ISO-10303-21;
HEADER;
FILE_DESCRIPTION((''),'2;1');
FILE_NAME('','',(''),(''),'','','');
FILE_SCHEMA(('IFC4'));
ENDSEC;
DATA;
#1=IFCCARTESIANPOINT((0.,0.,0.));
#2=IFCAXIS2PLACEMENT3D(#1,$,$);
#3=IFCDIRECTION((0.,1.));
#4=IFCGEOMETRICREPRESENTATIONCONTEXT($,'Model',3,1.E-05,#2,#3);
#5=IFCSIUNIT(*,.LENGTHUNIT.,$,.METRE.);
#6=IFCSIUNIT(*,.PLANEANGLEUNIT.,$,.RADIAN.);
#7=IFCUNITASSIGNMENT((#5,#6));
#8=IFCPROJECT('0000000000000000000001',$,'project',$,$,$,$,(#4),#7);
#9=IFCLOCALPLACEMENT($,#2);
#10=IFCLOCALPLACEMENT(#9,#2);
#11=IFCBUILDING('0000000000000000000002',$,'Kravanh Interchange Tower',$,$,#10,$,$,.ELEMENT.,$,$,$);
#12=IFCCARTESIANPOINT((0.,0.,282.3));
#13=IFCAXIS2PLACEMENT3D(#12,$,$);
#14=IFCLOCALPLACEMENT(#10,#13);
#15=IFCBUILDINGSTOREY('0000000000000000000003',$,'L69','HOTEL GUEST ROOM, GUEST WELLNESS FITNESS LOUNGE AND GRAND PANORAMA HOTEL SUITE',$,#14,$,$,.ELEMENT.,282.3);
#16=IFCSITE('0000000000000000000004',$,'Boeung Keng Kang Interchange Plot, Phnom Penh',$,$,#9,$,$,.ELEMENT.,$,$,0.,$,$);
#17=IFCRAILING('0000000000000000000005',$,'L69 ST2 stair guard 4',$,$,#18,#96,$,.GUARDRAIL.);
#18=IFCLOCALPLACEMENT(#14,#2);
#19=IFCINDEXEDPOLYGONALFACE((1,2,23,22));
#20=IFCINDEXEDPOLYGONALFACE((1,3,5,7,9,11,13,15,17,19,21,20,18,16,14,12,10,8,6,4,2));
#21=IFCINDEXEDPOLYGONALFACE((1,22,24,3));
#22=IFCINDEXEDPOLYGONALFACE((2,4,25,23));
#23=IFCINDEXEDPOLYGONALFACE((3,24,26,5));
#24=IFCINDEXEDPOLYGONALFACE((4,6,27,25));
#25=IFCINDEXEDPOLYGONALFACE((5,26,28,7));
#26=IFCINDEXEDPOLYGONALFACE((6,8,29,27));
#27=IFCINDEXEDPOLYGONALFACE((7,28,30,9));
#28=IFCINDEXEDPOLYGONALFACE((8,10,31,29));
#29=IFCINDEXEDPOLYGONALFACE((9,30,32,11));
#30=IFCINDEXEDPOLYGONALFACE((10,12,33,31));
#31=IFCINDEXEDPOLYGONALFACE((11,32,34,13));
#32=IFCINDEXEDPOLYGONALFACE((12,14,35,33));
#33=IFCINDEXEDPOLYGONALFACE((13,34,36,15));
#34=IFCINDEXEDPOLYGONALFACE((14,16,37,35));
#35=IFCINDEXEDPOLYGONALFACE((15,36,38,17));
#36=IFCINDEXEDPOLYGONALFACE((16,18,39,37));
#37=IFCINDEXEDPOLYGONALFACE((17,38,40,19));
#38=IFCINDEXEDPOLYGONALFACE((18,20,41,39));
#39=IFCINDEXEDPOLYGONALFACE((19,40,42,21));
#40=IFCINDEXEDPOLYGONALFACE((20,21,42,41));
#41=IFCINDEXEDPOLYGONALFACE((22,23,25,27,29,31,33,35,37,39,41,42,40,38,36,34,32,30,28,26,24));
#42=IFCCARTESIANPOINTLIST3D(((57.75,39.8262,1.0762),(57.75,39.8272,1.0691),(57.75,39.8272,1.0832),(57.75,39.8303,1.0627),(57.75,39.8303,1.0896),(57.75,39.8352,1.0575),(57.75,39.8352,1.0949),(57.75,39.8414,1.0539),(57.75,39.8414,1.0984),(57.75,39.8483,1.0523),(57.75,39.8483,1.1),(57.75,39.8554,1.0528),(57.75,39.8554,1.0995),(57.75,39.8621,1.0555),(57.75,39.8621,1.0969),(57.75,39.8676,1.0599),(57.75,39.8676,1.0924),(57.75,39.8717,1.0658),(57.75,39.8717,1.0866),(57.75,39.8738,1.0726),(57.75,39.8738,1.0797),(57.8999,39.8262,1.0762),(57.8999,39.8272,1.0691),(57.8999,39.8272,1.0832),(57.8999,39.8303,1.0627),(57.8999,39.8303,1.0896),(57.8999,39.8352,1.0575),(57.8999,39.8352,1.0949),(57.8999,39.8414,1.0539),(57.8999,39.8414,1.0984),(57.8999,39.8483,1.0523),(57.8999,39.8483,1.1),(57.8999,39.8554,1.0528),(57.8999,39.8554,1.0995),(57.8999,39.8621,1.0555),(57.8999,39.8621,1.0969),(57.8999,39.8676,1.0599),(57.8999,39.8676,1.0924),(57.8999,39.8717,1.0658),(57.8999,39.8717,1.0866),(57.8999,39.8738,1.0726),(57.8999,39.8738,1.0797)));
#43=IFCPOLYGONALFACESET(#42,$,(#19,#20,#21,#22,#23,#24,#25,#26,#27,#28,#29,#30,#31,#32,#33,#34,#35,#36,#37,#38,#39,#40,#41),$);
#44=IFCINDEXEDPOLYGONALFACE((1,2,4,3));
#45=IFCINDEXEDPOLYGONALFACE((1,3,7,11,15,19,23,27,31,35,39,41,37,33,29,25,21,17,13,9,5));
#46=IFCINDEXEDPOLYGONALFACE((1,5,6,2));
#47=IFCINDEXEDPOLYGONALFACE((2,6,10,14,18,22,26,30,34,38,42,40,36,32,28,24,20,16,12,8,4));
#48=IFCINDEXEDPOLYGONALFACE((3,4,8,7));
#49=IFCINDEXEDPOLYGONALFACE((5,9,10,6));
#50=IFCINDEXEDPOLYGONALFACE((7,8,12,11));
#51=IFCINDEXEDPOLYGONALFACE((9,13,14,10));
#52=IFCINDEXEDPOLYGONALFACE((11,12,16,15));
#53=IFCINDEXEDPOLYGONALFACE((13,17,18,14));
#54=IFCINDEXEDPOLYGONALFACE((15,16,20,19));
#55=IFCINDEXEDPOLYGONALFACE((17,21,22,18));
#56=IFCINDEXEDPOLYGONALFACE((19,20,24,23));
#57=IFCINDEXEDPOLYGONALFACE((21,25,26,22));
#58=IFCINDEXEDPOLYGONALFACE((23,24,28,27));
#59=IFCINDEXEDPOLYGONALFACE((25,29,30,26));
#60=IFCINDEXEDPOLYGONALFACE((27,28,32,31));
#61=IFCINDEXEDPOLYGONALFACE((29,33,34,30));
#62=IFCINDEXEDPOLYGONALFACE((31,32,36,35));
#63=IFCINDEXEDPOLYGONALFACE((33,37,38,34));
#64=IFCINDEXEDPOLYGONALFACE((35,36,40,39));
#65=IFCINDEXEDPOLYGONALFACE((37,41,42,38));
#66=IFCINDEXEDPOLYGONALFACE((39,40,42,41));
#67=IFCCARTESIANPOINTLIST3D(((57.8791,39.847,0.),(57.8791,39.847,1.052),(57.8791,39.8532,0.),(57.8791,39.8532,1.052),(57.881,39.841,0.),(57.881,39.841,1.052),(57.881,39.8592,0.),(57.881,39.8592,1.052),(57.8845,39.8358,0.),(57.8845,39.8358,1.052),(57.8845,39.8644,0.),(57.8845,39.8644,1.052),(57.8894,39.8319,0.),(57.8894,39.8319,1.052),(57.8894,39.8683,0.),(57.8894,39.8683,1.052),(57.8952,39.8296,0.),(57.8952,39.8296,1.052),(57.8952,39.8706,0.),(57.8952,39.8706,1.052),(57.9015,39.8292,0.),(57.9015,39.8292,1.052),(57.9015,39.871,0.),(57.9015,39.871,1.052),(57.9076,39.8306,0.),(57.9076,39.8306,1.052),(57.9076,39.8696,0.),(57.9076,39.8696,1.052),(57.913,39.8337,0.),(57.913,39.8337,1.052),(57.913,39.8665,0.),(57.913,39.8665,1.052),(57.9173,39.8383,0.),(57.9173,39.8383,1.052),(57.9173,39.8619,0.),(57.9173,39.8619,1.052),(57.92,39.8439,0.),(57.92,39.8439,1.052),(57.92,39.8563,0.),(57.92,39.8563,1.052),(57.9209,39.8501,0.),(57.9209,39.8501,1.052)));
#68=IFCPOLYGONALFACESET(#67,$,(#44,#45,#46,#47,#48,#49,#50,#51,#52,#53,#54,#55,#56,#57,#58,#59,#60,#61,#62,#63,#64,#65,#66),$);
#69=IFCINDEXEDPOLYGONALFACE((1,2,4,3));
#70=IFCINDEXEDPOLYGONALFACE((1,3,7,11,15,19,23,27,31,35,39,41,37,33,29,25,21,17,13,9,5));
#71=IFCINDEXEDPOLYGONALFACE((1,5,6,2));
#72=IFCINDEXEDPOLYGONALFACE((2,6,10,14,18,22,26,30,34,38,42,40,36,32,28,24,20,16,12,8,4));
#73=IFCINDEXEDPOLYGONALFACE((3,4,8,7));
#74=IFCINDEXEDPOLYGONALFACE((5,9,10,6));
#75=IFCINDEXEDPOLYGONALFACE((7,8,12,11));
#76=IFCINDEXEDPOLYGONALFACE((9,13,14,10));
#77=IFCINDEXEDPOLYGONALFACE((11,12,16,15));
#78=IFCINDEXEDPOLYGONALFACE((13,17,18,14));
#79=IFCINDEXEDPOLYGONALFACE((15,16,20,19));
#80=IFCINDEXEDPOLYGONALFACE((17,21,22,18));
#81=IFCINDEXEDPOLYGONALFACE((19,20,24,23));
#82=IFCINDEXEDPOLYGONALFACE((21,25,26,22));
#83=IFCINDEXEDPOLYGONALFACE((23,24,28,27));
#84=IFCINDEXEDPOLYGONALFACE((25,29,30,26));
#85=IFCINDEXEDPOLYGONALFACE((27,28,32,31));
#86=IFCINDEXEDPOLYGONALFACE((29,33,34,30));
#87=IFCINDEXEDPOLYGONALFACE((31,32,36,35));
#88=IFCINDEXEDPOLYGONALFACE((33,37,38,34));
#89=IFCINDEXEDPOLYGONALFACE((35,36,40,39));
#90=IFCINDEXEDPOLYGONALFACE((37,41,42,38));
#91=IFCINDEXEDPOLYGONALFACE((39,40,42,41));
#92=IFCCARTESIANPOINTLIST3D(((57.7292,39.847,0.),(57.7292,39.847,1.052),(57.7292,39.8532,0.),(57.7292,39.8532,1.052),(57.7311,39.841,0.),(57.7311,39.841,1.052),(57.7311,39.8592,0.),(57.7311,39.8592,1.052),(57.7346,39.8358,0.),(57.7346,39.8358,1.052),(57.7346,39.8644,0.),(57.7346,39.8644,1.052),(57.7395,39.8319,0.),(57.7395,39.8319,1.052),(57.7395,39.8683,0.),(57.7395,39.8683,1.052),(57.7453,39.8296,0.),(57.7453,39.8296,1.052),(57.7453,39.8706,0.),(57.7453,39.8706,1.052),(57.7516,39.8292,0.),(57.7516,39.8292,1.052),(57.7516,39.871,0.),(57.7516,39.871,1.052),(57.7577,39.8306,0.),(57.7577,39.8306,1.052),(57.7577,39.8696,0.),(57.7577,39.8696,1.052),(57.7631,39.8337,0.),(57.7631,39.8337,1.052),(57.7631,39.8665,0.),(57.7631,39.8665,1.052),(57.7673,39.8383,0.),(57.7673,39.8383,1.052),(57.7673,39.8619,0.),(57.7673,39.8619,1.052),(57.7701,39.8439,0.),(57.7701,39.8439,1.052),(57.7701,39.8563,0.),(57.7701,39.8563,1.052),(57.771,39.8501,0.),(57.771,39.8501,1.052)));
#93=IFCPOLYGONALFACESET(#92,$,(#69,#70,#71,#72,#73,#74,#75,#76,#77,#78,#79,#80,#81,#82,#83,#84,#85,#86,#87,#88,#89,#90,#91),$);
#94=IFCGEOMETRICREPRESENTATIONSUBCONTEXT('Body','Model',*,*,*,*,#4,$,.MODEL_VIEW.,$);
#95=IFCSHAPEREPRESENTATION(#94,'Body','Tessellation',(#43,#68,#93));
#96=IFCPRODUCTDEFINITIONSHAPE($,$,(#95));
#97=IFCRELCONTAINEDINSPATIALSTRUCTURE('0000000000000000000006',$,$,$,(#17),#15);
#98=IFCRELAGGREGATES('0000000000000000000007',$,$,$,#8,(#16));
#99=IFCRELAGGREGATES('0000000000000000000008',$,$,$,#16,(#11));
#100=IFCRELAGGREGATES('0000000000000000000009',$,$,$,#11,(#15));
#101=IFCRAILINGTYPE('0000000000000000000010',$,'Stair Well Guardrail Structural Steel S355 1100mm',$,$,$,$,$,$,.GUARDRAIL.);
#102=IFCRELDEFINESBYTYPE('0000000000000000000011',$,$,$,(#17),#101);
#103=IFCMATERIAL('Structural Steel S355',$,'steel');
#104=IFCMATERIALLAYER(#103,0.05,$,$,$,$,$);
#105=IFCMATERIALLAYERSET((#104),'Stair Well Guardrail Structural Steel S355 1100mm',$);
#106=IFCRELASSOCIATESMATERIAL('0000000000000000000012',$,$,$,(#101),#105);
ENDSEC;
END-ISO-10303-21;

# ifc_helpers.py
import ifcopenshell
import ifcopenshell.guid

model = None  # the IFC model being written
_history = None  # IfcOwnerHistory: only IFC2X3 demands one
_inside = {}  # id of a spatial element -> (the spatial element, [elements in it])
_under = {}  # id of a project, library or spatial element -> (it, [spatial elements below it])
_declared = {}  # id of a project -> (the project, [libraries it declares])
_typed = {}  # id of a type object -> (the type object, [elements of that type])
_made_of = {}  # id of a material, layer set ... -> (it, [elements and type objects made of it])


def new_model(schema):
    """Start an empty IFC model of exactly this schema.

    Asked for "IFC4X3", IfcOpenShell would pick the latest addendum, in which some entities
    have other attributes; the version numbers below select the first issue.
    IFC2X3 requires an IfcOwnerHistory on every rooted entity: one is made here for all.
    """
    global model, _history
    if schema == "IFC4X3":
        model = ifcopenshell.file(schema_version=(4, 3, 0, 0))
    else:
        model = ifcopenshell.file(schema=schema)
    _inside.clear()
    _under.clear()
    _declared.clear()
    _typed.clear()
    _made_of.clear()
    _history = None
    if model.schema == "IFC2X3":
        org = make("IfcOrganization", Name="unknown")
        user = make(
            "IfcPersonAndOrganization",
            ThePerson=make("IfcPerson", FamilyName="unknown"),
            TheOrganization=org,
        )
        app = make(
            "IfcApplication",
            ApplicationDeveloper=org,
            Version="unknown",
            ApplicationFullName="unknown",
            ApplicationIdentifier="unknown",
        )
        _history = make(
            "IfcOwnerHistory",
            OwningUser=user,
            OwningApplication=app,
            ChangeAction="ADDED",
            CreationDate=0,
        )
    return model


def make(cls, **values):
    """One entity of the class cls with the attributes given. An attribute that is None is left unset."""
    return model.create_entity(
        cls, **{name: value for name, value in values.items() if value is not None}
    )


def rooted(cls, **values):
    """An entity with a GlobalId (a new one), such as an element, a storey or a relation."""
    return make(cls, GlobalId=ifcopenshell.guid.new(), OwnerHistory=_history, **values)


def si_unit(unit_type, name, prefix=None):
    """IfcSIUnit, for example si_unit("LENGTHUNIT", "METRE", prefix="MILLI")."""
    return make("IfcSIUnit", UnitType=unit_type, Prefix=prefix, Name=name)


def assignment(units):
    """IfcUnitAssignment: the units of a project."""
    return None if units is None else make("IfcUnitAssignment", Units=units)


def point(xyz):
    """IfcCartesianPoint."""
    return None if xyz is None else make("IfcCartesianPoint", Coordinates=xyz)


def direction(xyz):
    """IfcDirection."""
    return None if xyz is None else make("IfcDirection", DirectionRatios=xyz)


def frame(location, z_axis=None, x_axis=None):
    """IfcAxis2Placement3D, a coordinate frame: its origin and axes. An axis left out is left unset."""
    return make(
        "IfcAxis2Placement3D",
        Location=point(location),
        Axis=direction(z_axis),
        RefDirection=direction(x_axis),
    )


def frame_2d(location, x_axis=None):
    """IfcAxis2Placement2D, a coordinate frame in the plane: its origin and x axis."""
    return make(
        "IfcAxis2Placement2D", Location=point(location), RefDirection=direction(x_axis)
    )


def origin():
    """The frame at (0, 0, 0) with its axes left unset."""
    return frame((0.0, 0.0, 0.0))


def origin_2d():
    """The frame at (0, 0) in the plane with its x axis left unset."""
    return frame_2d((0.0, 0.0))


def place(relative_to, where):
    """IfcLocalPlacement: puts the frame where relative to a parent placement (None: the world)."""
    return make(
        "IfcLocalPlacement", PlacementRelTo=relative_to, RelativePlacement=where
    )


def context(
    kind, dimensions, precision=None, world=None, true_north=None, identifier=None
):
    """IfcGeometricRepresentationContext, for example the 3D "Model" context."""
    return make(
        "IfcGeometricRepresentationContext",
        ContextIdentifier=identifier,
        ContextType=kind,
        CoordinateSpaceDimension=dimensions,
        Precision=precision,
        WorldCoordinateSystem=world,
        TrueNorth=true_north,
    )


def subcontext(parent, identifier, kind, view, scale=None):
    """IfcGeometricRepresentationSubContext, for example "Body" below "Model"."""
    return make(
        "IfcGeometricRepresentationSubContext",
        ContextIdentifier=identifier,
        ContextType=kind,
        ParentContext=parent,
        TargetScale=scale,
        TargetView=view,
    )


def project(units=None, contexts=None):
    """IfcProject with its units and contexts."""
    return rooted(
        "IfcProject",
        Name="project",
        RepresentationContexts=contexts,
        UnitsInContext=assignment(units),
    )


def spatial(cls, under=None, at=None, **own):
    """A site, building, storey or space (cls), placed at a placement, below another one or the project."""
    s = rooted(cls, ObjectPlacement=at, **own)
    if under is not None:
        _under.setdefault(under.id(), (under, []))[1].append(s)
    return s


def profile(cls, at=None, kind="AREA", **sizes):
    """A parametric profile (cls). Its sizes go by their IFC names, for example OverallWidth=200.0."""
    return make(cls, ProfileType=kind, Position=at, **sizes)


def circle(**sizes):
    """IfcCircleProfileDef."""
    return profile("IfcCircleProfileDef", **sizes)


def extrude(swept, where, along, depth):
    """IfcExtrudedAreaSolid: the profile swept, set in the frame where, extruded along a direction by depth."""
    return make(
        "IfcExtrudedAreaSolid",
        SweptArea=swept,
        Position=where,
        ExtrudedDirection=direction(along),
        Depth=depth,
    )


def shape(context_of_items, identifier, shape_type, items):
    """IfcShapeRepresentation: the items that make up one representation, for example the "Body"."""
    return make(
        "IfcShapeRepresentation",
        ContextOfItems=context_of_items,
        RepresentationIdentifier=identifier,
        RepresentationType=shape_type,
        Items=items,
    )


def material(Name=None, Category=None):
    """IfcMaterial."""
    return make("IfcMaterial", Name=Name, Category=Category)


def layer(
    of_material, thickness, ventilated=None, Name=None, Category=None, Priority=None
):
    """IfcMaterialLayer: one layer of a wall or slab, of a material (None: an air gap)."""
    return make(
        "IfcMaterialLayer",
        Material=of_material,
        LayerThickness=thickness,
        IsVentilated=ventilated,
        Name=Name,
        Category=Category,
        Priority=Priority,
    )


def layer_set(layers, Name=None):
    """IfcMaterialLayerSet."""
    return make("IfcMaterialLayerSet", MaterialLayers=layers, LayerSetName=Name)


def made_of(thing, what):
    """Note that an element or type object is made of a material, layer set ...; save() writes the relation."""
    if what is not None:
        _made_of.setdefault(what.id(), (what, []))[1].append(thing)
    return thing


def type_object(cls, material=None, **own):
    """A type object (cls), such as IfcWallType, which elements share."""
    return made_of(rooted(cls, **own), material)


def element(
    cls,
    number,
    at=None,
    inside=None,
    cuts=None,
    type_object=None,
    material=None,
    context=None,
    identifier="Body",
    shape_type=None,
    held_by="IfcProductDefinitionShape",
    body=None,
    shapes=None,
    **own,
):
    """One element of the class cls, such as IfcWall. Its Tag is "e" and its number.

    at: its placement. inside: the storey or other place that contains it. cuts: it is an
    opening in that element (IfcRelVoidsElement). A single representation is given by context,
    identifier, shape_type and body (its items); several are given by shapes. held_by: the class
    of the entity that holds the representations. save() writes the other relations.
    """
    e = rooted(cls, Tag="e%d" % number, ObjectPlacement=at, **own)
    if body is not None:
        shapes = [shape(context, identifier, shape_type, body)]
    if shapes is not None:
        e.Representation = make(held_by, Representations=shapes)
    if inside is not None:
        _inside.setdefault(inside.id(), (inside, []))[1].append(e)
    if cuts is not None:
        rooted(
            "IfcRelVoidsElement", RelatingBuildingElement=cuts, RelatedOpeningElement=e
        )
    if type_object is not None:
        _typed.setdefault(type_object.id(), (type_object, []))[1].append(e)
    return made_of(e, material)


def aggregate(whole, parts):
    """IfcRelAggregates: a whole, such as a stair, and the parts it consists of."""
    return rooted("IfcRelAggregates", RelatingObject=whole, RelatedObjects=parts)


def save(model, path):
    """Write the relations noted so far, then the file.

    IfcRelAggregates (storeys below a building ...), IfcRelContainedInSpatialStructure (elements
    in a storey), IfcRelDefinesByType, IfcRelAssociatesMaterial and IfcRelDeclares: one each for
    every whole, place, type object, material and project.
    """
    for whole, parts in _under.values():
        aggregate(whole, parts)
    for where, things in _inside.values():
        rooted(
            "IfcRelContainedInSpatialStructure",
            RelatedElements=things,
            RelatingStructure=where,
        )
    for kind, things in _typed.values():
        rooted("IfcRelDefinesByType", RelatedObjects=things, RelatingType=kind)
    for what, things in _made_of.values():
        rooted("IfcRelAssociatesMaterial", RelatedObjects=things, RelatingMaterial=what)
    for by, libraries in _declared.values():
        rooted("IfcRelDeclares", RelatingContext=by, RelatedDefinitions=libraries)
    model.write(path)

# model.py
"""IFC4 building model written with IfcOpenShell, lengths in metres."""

from ifc_helpers import new_model, si_unit, direction, frame, origin, origin_2d, place, context, subcontext, project, spatial, circle, extrude, material, layer, layer_set, type_object, element, save


model = new_model("IFC4")

# Units and contexts
model_context = context("Model", 3, precision=1e-05, world=origin(), true_north=direction((0.0, 1.0)))
body_context = subcontext(model_context, "Body", "Model", "MODEL_VIEW")
ifc_project = project(units=[si_unit("LENGTHUNIT", "METRE"), si_unit("PLANEANGLEUNIT", "RADIAN")], contexts=[model_context])

# Site, building, storey
site_placement = place(None, origin())
site = spatial("IfcSite", under=ifc_project, at=site_placement, Name="Boeung Keng Kang Interchange Plot, Phnom Penh", CompositionType="ELEMENT", RefElevation=0.0)
building_placement = place(site_placement, origin())
building = spatial("IfcBuilding", under=site, at=building_placement, Name="Kravanh Interchange Tower", CompositionType="ELEMENT")
storey_placement = place(building_placement, frame((0.0, 0.0, 282.3)))
storey = spatial("IfcBuildingStorey", under=building, at=storey_placement, Name="L69", Description="HOTEL GUEST ROOM, GUEST WELLNESS FITNESS LOUNGE AND GRAND PANORAMA HOTEL SUITE", CompositionType="ELEMENT", Elevation=282.3)

# Railing
ifc_material_1 = material(Name="Structural Steel S355", Category="steel")
ifc_layer_1 = layer(ifc_material_1, 0.05)
ifc_layer_set_1 = layer_set([ifc_layer_1], Name="Stair Well Guardrail Structural Steel S355 1100mm")
railing_type_1 = type_object("IfcRailingType", Name="Stair Well Guardrail Structural Steel S355 1100mm", PredefinedType="GUARDRAIL", material=ifc_layer_set_1)
railing_1_placement = place(storey_placement, frame((57.8999, 39.8501, 0.0)))
element("IfcRailing", 1, at=railing_1_placement, inside=storey, type_object=railing_type_1, Name="L69 ST2 stair guard 4", PredefinedType="GUARDRAIL", context=body_context, shape_type="SweptSolid", body=[
    extrude(circle(Radius=0.0239, at=origin_2d()), frame((0.0, 0.0, 1.0762), z_axis=(-1.0, 0.0, 0.0), x_axis=(0.0, -1.0, 0.0)), (0.0, 0.0, 1.0), 0.1499),
    extrude(circle(Radius=0.021, at=origin_2d()), origin(), (0.0, 0.0, 1.0), 1.052),
    extrude(circle(Radius=0.021, at=origin_2d()), frame((-0.1499, 0.0, 0.0)), (0.0, 0.0, 1.0), 1.052),
])

save(model, "model.ifc")
